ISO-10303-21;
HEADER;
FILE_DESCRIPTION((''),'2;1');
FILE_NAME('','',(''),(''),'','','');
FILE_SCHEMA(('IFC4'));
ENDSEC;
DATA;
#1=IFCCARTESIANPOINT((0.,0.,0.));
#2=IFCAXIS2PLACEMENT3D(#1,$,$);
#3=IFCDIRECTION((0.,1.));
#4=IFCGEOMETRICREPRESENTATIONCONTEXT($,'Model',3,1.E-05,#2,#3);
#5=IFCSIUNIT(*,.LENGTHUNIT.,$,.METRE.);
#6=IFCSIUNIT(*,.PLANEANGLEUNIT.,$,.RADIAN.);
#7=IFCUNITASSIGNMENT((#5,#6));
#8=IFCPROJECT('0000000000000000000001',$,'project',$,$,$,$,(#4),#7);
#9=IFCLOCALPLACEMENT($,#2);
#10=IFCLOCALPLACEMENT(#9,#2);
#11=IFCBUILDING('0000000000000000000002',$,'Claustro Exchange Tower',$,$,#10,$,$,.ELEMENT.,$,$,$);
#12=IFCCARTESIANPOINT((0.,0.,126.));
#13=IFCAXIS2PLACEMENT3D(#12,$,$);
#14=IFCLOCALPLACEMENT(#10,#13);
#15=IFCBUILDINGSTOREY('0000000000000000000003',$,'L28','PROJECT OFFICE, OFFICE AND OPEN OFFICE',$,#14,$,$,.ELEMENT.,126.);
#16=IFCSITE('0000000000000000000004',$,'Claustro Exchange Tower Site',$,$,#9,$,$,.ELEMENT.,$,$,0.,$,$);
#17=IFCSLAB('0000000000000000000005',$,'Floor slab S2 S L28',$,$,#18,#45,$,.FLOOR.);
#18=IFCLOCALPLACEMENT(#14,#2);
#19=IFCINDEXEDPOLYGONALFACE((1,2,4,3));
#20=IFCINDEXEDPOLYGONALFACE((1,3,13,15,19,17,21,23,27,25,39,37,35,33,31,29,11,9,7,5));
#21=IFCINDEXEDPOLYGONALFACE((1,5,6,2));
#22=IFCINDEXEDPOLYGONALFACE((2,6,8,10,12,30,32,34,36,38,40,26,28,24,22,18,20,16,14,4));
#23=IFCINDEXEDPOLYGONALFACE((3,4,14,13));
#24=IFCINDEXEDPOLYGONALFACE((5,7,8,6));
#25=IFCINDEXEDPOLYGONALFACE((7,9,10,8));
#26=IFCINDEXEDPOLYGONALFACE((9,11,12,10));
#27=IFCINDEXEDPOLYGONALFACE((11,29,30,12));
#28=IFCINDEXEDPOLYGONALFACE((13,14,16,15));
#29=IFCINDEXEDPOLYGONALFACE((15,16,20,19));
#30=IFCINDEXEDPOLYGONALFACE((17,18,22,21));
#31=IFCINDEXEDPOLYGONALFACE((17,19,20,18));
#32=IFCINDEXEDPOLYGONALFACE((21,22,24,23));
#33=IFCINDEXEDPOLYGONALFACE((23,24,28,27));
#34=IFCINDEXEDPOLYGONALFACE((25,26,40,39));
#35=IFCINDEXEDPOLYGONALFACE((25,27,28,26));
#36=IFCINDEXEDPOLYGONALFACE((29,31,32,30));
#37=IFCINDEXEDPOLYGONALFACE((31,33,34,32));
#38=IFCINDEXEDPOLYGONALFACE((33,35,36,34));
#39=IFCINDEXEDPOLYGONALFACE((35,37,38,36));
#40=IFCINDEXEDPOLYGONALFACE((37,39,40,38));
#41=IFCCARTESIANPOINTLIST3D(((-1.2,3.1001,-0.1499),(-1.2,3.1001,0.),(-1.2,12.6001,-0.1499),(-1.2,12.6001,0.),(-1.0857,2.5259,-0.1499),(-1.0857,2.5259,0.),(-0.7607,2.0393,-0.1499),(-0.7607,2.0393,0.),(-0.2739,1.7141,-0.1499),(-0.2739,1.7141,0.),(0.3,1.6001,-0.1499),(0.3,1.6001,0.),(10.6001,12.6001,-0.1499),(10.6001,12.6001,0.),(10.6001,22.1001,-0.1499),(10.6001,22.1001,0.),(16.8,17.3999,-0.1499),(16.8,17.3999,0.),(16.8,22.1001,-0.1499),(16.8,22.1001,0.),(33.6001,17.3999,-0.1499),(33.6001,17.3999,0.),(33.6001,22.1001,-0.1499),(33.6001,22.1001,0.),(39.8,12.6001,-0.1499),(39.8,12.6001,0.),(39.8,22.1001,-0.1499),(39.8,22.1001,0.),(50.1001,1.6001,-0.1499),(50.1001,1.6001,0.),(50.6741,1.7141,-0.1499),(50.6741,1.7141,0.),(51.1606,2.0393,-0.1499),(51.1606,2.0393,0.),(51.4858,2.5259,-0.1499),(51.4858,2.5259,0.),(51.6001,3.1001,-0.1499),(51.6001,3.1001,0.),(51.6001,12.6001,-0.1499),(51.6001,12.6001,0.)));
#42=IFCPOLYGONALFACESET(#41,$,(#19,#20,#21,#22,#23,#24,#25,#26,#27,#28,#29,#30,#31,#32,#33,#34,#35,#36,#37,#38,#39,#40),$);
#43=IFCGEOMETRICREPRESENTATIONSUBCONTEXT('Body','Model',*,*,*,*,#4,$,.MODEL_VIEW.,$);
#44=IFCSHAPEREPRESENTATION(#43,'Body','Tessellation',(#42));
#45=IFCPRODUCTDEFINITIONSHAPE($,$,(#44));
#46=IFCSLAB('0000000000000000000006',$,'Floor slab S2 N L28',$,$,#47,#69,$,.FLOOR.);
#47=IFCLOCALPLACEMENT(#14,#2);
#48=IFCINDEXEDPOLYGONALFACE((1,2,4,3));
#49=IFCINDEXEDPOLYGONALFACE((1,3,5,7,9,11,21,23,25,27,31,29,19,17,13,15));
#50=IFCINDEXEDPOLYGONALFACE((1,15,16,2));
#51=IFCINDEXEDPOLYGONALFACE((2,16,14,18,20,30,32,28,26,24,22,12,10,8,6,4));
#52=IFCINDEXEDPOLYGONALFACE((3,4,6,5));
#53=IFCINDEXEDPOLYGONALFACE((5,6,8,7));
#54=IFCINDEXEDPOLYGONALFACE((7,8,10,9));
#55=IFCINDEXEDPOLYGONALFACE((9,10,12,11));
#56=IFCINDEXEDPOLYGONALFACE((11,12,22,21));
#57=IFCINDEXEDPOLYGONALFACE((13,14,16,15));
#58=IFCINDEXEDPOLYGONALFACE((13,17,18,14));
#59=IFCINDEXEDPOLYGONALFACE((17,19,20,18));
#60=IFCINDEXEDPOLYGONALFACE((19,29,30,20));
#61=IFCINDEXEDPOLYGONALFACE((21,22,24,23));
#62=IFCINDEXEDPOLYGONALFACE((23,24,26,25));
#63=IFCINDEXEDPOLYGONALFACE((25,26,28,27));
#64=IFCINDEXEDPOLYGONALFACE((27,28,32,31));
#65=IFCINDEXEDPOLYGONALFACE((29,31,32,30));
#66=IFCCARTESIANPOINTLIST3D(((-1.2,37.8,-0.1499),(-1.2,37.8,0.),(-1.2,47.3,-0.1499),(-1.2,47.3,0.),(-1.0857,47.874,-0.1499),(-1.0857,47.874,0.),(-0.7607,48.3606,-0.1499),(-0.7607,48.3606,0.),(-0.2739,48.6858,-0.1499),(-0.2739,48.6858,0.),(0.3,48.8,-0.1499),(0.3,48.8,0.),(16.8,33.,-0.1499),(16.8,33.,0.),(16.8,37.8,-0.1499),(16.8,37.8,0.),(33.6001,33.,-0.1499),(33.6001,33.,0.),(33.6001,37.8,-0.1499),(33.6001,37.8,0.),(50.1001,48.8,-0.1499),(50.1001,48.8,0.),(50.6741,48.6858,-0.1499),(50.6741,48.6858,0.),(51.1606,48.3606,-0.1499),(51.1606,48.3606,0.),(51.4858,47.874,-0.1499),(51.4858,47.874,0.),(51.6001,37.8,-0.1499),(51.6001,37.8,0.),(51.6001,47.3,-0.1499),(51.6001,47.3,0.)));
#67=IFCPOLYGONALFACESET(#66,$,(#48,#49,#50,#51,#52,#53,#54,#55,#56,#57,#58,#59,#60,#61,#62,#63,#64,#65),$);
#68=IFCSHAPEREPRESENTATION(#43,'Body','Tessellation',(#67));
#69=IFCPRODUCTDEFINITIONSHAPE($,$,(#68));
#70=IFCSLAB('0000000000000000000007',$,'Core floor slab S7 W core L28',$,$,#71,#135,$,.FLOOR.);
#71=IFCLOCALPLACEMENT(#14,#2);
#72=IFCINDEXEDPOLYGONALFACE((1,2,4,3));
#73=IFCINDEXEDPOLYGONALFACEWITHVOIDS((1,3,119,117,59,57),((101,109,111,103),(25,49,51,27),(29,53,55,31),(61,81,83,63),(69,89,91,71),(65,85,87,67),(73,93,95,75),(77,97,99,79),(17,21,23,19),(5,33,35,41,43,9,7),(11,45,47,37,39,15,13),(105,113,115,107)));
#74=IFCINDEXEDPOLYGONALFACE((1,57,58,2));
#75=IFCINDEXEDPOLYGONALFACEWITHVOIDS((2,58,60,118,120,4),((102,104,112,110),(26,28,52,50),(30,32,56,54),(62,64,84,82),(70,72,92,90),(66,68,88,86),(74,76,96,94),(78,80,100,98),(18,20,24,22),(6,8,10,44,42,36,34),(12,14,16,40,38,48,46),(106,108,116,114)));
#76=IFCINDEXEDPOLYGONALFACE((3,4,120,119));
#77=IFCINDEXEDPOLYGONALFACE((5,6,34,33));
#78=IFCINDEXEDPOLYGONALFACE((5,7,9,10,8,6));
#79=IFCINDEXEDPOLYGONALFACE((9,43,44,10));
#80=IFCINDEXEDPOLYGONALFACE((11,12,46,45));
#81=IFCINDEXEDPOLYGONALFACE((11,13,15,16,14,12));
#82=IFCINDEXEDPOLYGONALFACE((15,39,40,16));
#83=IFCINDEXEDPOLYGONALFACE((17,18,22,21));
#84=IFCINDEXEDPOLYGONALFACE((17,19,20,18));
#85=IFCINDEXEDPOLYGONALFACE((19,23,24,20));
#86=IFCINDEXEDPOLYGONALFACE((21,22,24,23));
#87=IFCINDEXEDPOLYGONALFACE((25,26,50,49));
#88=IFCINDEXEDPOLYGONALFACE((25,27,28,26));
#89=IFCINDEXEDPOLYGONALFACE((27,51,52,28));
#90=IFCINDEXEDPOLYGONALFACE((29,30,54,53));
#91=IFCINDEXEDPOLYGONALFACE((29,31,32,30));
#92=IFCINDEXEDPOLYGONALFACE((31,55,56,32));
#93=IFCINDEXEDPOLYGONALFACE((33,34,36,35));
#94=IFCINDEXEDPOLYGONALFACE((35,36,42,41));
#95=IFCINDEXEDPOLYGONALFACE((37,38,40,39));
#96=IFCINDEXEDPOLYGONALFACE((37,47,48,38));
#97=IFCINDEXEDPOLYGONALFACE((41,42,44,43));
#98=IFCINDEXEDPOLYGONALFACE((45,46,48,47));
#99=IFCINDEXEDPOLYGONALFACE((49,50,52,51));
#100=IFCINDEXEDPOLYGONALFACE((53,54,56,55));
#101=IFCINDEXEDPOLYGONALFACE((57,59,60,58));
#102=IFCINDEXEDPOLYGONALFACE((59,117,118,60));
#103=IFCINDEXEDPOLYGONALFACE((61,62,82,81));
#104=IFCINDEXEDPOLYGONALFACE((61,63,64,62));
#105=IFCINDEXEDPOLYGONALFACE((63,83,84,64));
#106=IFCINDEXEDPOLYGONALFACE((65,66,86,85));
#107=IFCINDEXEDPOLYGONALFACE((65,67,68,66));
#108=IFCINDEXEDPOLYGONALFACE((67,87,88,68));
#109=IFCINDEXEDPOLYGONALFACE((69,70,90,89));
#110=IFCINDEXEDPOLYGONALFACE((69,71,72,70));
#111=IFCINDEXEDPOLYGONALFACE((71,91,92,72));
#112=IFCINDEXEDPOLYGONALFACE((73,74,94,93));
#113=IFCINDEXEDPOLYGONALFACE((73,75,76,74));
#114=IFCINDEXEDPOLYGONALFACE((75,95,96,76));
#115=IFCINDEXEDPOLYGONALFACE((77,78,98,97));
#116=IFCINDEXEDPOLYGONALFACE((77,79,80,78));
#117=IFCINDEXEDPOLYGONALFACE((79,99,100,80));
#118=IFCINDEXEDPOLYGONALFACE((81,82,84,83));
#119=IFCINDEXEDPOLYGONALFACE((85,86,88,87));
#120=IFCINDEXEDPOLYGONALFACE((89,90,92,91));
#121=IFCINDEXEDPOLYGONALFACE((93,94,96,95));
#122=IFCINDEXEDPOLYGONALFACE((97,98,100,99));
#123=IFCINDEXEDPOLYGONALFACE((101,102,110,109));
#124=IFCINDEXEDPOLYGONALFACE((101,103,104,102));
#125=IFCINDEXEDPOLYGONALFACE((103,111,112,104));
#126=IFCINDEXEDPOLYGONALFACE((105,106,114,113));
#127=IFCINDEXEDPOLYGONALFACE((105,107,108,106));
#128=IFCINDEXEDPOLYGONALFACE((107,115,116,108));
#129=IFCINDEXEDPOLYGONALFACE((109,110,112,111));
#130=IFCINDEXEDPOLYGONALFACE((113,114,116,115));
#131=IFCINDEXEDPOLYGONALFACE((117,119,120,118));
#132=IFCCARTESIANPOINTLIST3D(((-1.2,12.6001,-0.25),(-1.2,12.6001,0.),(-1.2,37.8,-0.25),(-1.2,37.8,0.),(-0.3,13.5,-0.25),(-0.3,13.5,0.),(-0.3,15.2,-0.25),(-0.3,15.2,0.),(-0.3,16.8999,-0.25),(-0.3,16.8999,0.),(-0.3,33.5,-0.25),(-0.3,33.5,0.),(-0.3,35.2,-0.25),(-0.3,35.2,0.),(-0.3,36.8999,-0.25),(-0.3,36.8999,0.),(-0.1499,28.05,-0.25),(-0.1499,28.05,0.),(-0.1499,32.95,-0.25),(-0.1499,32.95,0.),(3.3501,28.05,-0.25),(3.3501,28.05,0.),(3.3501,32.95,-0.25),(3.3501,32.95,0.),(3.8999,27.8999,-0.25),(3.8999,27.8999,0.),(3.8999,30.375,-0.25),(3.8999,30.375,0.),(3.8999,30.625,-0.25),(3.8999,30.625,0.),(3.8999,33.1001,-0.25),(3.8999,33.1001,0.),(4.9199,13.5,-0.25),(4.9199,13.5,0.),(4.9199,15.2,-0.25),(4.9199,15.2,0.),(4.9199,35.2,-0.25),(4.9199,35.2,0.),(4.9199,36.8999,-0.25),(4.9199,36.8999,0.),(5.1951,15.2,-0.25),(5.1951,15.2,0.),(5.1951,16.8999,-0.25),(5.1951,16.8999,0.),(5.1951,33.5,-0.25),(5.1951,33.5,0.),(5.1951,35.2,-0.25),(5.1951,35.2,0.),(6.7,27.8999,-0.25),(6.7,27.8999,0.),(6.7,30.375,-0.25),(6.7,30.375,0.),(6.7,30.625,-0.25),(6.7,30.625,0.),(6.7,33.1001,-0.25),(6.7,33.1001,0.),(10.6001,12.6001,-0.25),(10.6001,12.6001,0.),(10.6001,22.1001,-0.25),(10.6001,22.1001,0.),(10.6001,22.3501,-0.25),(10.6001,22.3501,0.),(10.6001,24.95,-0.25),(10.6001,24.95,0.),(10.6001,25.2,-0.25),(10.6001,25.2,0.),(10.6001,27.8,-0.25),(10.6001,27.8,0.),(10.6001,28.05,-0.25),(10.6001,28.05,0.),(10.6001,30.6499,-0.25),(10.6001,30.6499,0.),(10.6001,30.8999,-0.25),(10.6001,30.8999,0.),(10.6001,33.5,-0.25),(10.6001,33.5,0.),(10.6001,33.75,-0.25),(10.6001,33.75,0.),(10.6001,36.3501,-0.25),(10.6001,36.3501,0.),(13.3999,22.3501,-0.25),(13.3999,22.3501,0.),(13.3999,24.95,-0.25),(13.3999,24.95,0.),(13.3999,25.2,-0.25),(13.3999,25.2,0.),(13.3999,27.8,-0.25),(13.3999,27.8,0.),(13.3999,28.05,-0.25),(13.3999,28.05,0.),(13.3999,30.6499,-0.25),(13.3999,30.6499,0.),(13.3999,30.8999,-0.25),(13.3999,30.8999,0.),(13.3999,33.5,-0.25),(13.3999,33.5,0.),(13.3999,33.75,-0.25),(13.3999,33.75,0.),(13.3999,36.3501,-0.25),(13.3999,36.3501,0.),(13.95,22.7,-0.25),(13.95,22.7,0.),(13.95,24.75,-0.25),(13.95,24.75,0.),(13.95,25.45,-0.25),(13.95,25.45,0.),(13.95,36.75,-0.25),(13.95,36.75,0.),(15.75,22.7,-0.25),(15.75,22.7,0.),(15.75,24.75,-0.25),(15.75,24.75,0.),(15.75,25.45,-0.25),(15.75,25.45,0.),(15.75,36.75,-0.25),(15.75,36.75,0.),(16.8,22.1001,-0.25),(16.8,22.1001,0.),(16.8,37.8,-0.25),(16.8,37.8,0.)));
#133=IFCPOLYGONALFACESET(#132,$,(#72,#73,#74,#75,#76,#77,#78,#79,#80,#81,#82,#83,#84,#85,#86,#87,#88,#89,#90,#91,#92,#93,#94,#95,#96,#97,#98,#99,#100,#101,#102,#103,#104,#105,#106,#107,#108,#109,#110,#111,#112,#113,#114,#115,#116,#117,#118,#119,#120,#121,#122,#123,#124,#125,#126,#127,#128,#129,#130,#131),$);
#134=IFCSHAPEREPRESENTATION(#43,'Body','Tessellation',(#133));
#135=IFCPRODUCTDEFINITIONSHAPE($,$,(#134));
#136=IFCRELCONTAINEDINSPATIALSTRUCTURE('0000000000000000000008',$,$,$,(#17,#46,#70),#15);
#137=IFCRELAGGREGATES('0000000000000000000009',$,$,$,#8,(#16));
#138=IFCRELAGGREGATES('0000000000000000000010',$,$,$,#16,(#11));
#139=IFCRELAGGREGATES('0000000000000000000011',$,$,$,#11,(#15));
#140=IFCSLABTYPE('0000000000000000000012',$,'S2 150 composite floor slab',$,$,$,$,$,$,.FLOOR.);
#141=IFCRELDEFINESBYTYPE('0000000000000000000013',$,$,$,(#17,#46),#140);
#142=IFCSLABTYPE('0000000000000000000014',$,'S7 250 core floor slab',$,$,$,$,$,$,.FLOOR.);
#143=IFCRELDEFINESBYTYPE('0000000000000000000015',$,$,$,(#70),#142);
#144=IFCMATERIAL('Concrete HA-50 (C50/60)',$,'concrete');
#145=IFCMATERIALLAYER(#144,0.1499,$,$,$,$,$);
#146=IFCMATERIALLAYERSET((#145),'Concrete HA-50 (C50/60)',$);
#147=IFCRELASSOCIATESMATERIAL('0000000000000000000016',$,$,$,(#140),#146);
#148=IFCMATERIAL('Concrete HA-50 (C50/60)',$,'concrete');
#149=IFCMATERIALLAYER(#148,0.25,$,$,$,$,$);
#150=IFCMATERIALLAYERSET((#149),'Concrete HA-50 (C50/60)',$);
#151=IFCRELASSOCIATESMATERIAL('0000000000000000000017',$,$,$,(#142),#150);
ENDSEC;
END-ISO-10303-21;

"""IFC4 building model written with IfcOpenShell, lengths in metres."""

from ifc_helpers import new_model, si_unit, direction, frame, origin, place, context, subcontext, project, spatial, polyline, outline, extrude, material, layer, layer_set, type_object, element, save


model = new_model("IFC4")

# Units and contexts
model_context = context("Model", 3, precision=1e-05, world=origin(), true_north=direction((0.0, 1.0)))
body_context = subcontext(model_context, "Body", "Model", "MODEL_VIEW")
ifc_project = project(units=[si_unit("LENGTHUNIT", "METRE"), si_unit("PLANEANGLEUNIT", "RADIAN")], contexts=[model_context])

# Site, building, storey
site_placement = place(None, origin())
site = spatial("IfcSite", under=ifc_project, at=site_placement, Name="Claustro Exchange Tower Site", CompositionType="ELEMENT", RefElevation=0.0)
building_placement = place(site_placement, origin())
building = spatial("IfcBuilding", under=site, at=building_placement, Name="Claustro Exchange Tower", CompositionType="ELEMENT")
storey_placement = place(building_placement, frame((0.0, 0.0, 126.0)))
storey = spatial("IfcBuildingStorey", under=building, at=storey_placement, Name="L28", Description="PROJECT OFFICE, OFFICE AND OPEN OFFICE", CompositionType="ELEMENT", Elevation=126.0)

# Slabs
ifc_material_1 = material(Name="Concrete HA-50 (C50/60)", Category="concrete")
ifc_layer_1 = layer(ifc_material_1, 0.1499)
ifc_layer_set_1 = layer_set([ifc_layer_1], Name="Concrete HA-50 (C50/60)")
slab_type_1 = type_object("IfcSlabType", Name="S2 150 composite floor slab", PredefinedType="FLOOR", material=ifc_layer_set_1)
slab_1_placement = place(storey_placement, frame((0.0, 0.0, -0.1499)))
element("IfcSlab", 1, at=slab_1_placement, inside=storey, type_object=slab_type_1, Name="Floor slab S2 S L28", PredefinedType="FLOOR", context=body_context, shape_type="SweptSolid", body=[
    extrude(outline(polyline([(-0.2739, 1.7141), (0.3, 1.6001), (50.1001, 1.6001), (50.6741, 1.7141), (51.1606, 2.0393), (51.4858, 2.5259), (51.6001, 3.1001), (51.6001, 12.6001), (39.8, 12.6001), (39.8, 22.1001), (33.6001, 22.1001), (33.6001, 17.3999), (16.8, 17.3999), (16.8, 22.1001), (10.6001, 22.1001), (10.6001, 12.6001), (-1.2, 12.6001), (-1.2, 3.1001), (-1.0857, 2.5259), (-0.7607, 2.0393), (-0.2739, 1.7141)])), origin(), (0.0, 0.0, 1.0), 0.1499),
])
slab_2_placement = place(storey_placement, frame((0.0, 0.0, -0.1499)))
element("IfcSlab", 2, at=slab_2_placement, inside=storey, type_object=slab_type_1, Name="Floor slab S2 N L28", PredefinedType="FLOOR", context=body_context, shape_type="SweptSolid", body=[
    extrude(outline(polyline([(16.8, 37.8), (16.8, 33.0), (33.6001, 33.0), (33.6001, 37.8), (51.6001, 37.8), (51.6001, 47.3), (51.4858, 47.874), (51.1606, 48.3606), (50.6741, 48.6858), (50.1001, 48.8), (0.3, 48.8), (-0.2739, 48.6858), (-0.7607, 48.3606), (-1.0857, 47.874), (-1.2, 47.3), (-1.2, 37.8), (16.8, 37.8)])), origin(), (0.0, 0.0, 1.0), 0.1499),
])
ifc_material_2 = material(Name="Concrete HA-50 (C50/60)", Category="concrete")
ifc_layer_2 = layer(ifc_material_2, 0.25)
ifc_layer_set_2 = layer_set([ifc_layer_2], Name="Concrete HA-50 (C50/60)")
slab_type_2 = type_object("IfcSlabType", Name="S7 250 core floor slab", PredefinedType="FLOOR", material=ifc_layer_set_2)
slab_3_placement = place(storey_placement, frame((0.0, 0.0, -0.25)))
element("IfcSlab", 3, at=slab_3_placement, inside=storey, type_object=slab_type_2, Name="Core floor slab S7 W core L28", PredefinedType="FLOOR", context=body_context, shape_type="SweptSolid", body=[
    extrude(outline(polyline([(-1.2, 37.8), (-1.2, 12.6001), (10.6001, 12.6001), (10.6001, 22.1001), (16.8, 22.1001), (16.8, 37.8), (-1.2, 37.8)]), holes=[polyline([(13.95, 24.75), (15.75, 24.75), (15.75, 22.7), (13.95, 22.7), (13.95, 24.75)]), polyline([(13.95, 36.75), (15.75, 36.75), (15.75, 25.45), (13.95, 25.45), (13.95, 36.75)]), polyline([(13.3999, 24.95), (13.3999, 22.3501), (10.6001, 22.3501), (10.6001, 24.95), (13.3999, 24.95)]), polyline([(13.3999, 27.8), (13.3999, 25.2), (10.6001, 25.2), (10.6001, 27.8), (13.3999, 27.8)]), polyline([(13.3999, 30.6499), (13.3999, 28.05), (10.6001, 28.05), (10.6001, 30.6499), (13.3999, 30.6499)]), polyline([(13.3999, 33.5), (13.3999, 30.8999), (10.6001, 30.8999), (10.6001, 33.5), (13.3999, 33.5)]), polyline([(13.3999, 36.3501), (13.3999, 33.75), (10.6001, 33.75), (10.6001, 36.3501), (13.3999, 36.3501)]), polyline([(6.7, 30.375), (6.7, 27.8999), (3.8999, 27.8999), (3.8999, 30.375), (6.7, 30.375)]), polyline([(6.7, 33.1001), (6.7, 30.625), (3.8999, 30.625), (3.8999, 33.1001), (6.7, 33.1001)]), polyline([(-0.3, 15.2), (-0.3, 16.8999), (5.1951, 16.8999), (5.1951, 15.2), (4.9199, 15.2), (4.9199, 13.5), (-0.3, 13.5), (-0.3, 15.2)]), polyline([(-0.3, 35.2), (-0.3, 36.8999), (4.9199, 36.8999), (4.9199, 35.2), (5.1951, 35.2), (5.1951, 33.5), (-0.3, 33.5), (-0.3, 35.2)]), polyline([(-0.1499, 32.95), (3.3501, 32.95), (3.3501, 28.05), (-0.1499, 28.05), (-0.1499, 32.95)])]), origin(), (0.0, 0.0, 1.0), 0.25),
])

save(model, "model.ifc")
